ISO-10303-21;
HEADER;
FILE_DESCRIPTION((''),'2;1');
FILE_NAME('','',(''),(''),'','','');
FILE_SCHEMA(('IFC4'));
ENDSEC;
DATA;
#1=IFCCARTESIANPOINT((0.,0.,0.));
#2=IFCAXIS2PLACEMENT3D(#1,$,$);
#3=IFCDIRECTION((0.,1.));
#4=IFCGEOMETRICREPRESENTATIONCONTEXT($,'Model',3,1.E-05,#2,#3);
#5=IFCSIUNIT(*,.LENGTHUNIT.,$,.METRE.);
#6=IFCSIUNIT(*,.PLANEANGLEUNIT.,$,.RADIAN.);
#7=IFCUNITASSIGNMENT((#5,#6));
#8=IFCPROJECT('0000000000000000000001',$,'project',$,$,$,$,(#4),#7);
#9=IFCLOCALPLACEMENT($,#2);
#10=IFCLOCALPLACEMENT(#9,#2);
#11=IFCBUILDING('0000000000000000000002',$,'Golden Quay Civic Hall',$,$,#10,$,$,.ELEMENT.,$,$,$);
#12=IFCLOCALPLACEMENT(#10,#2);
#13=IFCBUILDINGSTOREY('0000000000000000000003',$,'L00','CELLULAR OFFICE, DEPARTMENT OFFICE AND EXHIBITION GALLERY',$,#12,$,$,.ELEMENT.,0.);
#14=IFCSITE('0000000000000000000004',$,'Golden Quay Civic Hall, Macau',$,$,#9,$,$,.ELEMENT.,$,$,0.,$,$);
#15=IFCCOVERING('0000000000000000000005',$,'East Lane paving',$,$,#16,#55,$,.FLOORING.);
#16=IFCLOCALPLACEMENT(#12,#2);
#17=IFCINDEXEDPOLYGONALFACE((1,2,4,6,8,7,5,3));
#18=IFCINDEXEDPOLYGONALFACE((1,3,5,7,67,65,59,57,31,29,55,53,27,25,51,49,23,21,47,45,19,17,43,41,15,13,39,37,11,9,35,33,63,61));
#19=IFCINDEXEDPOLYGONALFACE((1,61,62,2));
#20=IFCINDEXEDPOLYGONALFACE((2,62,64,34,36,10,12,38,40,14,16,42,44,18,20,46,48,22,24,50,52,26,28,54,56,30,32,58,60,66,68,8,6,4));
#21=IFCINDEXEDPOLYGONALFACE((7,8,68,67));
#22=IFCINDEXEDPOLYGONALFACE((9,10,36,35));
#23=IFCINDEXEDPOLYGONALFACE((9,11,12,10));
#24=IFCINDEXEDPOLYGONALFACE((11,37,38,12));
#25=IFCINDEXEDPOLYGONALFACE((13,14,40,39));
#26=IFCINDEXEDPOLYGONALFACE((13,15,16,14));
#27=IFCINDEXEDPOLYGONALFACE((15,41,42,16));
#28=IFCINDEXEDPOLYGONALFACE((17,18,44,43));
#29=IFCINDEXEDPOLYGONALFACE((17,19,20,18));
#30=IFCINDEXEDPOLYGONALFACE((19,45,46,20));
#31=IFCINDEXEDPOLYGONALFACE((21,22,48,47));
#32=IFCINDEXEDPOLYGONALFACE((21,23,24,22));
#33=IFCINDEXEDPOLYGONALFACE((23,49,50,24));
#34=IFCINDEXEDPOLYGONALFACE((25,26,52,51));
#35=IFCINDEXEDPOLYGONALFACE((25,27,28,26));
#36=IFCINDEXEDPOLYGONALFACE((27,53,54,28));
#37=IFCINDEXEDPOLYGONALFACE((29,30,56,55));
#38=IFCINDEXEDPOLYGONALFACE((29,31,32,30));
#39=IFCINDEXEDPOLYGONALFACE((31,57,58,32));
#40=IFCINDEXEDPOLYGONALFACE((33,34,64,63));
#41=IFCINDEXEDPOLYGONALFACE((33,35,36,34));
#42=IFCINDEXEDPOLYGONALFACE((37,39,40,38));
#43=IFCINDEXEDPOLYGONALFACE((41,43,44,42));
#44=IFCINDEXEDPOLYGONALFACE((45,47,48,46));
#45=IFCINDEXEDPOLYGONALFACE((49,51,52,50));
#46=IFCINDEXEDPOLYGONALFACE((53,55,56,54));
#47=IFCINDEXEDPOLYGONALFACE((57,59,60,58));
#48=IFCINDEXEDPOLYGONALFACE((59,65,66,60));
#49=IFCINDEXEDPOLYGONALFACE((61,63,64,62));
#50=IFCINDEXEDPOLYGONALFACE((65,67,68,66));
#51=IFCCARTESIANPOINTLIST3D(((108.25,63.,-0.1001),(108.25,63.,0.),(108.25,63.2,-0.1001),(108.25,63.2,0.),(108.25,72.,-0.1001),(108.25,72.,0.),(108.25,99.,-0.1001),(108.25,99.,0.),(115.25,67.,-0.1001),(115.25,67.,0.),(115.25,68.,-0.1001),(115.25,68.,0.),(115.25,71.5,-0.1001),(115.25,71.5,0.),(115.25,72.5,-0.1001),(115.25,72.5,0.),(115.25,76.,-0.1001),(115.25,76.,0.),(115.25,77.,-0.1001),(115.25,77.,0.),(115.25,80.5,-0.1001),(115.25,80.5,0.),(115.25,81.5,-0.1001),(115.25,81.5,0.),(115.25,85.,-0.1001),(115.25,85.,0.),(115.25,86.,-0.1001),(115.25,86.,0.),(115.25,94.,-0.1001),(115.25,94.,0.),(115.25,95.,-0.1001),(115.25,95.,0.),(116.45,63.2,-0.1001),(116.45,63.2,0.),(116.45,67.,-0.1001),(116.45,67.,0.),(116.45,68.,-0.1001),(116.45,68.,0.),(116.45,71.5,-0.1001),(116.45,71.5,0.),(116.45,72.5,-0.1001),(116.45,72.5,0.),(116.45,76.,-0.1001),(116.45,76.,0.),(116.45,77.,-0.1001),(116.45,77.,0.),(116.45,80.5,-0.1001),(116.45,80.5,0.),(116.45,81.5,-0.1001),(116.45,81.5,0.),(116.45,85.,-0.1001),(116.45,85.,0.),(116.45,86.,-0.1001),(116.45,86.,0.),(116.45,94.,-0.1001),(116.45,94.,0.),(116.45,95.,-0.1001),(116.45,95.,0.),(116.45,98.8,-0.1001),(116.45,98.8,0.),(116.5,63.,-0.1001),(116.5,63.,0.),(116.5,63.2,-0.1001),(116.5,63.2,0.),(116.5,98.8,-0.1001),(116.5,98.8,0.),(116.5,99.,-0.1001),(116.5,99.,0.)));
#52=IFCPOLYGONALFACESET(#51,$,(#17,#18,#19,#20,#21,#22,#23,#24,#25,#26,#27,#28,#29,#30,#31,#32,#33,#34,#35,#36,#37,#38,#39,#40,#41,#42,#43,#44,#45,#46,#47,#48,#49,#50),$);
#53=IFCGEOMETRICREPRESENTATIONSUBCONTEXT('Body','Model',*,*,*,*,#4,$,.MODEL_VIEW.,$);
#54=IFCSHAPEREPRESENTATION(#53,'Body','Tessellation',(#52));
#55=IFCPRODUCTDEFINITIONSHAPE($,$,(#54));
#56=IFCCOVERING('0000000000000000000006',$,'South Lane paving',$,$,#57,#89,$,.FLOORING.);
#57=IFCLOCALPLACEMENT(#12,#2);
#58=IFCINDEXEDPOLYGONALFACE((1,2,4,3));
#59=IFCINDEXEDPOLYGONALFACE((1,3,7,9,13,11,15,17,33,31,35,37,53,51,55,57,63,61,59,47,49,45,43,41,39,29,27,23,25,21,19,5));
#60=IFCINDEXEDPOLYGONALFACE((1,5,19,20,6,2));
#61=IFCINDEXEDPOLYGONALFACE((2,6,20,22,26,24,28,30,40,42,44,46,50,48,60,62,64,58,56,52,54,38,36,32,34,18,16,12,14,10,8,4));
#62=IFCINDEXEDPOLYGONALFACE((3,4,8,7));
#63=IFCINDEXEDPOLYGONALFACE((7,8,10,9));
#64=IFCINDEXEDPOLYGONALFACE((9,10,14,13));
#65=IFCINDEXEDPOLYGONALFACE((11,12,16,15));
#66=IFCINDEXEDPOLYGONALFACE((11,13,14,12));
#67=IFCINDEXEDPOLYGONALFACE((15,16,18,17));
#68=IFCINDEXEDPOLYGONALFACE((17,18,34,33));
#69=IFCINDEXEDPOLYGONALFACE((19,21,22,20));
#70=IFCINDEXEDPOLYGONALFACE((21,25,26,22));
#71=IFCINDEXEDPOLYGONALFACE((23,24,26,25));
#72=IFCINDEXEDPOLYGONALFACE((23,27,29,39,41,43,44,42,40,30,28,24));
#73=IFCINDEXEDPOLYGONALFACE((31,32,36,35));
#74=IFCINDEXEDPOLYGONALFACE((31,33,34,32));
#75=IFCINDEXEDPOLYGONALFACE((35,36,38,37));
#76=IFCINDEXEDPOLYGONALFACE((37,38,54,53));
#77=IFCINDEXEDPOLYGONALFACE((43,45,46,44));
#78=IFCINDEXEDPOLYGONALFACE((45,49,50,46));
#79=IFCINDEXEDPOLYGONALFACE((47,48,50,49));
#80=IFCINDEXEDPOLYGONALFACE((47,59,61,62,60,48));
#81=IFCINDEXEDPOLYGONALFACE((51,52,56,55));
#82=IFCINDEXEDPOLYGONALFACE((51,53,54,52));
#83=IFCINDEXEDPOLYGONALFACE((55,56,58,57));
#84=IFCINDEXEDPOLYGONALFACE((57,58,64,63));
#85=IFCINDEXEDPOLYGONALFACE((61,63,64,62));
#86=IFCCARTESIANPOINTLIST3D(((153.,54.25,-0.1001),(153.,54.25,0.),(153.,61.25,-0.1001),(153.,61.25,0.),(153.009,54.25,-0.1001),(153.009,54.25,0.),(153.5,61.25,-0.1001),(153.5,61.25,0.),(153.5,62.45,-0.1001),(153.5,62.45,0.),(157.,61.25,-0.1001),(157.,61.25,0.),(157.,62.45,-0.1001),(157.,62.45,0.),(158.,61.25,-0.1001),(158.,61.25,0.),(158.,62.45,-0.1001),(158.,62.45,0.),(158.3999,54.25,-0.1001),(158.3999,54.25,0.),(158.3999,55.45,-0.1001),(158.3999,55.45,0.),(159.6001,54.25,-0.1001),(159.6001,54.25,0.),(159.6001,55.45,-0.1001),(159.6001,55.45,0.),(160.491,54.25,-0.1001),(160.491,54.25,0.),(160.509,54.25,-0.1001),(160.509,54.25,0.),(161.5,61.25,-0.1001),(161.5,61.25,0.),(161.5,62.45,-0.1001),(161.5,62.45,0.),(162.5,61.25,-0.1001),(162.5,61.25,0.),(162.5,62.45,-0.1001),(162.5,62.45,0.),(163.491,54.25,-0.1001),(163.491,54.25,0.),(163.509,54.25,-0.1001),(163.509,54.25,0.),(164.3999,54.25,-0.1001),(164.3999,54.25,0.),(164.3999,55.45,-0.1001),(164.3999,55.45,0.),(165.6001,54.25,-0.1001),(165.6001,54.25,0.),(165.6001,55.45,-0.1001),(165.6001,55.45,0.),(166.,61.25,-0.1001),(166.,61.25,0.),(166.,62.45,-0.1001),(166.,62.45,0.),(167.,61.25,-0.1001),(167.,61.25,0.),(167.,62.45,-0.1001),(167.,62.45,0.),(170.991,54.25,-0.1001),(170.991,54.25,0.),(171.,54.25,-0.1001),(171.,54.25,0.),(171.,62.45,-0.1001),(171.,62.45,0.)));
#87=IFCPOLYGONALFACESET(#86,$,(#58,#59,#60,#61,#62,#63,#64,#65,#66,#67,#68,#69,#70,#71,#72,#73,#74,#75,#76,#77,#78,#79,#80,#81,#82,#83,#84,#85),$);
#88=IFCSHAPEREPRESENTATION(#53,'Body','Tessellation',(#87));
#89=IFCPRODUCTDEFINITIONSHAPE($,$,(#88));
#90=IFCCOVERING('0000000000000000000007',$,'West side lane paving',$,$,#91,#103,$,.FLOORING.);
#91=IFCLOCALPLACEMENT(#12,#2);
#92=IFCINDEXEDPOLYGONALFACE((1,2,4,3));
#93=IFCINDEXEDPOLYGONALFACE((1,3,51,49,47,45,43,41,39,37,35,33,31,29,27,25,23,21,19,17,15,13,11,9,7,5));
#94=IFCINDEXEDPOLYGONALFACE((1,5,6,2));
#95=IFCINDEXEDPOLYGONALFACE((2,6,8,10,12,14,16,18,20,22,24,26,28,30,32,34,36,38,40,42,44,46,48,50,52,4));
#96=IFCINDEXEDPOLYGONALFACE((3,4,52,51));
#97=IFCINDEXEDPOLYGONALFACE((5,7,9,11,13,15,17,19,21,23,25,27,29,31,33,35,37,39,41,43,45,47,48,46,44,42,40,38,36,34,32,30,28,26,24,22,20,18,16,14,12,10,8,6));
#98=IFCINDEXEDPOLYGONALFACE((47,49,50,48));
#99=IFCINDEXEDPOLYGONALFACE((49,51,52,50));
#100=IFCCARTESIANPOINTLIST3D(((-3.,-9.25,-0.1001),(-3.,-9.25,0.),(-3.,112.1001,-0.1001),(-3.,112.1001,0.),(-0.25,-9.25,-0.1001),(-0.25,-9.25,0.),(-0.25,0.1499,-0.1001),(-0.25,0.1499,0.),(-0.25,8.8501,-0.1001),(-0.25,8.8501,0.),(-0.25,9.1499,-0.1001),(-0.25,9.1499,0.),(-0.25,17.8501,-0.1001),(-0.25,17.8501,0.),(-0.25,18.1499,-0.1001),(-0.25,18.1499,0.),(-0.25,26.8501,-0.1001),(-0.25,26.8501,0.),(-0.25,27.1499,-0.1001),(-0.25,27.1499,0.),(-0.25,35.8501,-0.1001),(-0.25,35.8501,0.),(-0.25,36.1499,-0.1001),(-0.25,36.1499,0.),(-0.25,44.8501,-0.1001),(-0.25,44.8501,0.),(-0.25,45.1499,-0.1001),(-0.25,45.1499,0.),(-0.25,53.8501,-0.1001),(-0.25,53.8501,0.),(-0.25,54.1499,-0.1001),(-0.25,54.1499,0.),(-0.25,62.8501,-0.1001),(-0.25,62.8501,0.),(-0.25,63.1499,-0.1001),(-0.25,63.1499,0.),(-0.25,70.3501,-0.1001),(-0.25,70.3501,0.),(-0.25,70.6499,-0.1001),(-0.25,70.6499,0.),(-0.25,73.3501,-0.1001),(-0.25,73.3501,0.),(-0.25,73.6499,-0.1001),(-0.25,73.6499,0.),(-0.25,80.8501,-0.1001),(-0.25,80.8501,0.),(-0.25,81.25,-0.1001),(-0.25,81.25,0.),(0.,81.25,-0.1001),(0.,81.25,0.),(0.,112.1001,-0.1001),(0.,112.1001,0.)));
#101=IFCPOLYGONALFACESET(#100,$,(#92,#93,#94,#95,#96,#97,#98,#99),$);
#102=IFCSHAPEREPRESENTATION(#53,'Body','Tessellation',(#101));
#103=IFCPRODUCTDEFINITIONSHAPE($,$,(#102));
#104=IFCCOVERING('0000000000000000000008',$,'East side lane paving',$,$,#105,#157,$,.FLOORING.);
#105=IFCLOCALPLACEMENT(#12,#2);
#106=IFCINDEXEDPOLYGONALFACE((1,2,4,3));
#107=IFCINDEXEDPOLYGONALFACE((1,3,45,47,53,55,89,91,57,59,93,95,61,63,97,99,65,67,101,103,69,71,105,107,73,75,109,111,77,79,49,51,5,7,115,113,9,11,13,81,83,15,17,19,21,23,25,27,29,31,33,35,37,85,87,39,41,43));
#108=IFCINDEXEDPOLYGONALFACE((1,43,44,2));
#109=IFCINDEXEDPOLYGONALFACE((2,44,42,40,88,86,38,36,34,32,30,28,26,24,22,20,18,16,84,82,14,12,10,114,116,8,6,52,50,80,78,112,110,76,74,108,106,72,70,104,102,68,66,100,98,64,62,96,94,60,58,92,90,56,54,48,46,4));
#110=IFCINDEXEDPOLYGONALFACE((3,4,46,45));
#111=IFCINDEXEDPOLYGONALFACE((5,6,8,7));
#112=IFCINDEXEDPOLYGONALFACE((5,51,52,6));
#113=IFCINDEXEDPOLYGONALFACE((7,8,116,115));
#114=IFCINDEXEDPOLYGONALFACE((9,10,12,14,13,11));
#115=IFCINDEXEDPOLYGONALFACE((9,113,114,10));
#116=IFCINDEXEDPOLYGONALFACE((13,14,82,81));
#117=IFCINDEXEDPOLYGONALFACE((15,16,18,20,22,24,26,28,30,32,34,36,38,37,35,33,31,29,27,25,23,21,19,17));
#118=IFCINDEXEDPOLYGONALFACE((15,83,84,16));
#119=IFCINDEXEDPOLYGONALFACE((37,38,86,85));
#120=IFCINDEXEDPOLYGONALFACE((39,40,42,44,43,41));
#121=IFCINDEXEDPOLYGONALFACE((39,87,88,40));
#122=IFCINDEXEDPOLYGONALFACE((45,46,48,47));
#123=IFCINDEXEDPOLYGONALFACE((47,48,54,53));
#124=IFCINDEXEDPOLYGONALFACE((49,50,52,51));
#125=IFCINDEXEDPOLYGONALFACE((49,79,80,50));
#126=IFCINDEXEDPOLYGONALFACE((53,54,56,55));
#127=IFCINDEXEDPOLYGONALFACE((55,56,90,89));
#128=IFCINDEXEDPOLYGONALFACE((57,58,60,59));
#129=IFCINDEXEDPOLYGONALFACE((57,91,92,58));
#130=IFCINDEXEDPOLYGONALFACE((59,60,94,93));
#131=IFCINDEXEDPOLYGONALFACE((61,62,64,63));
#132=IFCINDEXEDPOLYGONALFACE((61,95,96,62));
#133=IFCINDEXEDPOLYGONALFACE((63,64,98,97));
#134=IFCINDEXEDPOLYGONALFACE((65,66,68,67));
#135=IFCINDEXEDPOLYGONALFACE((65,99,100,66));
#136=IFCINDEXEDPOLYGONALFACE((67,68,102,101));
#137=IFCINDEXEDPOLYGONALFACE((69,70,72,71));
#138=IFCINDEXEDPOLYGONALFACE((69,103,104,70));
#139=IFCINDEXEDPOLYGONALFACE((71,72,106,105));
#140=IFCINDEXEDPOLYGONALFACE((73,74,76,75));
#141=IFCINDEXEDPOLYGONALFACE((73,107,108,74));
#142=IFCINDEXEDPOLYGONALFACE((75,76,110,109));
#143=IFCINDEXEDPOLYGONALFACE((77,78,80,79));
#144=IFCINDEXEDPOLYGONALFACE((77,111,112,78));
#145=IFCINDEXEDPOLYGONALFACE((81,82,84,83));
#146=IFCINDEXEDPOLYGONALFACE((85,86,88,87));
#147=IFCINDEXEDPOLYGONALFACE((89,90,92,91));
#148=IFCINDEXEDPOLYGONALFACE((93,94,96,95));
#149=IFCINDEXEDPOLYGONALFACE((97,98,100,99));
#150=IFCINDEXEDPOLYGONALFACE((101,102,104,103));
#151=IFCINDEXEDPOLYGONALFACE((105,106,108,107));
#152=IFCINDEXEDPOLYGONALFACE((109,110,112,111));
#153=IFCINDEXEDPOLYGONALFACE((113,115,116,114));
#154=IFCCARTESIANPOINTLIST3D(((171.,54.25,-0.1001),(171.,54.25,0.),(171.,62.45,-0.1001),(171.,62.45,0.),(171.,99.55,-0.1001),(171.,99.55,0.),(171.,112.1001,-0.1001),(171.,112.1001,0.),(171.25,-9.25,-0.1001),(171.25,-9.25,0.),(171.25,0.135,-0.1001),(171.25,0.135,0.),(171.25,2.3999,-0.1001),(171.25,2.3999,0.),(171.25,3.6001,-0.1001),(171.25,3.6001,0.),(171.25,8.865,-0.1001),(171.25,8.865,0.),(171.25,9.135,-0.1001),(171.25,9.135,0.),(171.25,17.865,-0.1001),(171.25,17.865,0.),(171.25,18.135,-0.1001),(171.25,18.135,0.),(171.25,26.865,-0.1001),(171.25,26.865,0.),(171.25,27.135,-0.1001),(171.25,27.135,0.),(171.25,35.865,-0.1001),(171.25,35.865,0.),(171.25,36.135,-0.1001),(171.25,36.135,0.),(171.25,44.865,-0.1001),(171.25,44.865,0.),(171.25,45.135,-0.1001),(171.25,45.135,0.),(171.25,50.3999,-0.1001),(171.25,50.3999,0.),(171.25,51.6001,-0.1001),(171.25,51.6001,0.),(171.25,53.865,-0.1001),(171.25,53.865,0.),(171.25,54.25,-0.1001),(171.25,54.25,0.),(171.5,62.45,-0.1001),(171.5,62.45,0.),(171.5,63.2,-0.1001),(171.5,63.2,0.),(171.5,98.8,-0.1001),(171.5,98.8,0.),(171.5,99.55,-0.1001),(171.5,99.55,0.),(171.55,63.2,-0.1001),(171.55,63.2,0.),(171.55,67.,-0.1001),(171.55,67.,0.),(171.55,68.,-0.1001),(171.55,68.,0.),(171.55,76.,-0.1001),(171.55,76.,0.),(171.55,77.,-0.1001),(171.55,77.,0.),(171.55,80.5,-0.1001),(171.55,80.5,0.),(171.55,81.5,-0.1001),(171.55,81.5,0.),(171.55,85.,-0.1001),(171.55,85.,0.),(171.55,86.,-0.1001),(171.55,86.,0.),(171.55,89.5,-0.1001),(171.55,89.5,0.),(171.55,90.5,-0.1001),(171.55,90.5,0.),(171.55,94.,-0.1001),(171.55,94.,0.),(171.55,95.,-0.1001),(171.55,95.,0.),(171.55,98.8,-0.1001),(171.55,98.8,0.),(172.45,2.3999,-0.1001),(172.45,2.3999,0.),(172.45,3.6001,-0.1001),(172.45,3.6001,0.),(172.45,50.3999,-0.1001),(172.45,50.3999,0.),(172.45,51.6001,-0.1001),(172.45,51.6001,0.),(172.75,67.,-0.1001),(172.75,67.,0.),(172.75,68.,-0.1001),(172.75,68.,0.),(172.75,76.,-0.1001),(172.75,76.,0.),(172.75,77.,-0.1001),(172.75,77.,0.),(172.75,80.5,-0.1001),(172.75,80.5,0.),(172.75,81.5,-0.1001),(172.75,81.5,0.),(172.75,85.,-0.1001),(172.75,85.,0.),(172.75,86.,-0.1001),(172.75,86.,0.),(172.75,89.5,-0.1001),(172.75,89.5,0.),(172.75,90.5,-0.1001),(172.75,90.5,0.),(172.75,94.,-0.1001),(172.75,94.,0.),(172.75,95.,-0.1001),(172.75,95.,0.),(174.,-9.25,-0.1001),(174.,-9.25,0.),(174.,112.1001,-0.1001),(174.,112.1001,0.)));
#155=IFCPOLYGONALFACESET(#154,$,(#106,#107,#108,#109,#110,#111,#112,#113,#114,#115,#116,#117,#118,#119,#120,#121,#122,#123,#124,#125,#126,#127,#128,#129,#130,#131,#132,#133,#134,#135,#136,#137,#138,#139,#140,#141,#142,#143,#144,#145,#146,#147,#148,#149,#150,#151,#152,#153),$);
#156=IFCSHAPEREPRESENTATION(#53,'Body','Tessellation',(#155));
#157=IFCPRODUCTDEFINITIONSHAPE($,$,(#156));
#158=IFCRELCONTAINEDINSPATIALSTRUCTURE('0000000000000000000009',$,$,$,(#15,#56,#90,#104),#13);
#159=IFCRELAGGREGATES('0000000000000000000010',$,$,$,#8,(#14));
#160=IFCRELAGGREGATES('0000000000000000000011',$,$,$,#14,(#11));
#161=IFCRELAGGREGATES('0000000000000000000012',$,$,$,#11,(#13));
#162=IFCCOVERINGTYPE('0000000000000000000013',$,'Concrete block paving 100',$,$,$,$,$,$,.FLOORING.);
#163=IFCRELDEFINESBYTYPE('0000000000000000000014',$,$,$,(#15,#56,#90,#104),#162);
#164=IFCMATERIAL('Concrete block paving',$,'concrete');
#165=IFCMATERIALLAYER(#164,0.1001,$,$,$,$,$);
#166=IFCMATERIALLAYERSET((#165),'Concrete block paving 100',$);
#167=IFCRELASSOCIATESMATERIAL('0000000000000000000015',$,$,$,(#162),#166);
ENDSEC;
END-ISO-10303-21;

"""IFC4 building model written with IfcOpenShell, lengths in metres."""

from ifc_helpers import new_model, si_unit, direction, frame, origin, place, context, subcontext, project, spatial, polyline, outline, extrude, material, layer, layer_set, type_object, element, save


model = new_model("IFC4")

# Units and contexts
model_context = context("Model", 3, precision=1e-05, world=origin(), true_north=direction((0.0, 1.0)))
body_context = subcontext(model_context, "Body", "Model", "MODEL_VIEW")
ifc_project = project(units=[si_unit("LENGTHUNIT", "METRE"), si_unit("PLANEANGLEUNIT", "RADIAN")], contexts=[model_context])

# Site, building, storey
site_placement = place(None, origin())
site = spatial("IfcSite", under=ifc_project, at=site_placement, Name="Golden Quay Civic Hall, Macau", CompositionType="ELEMENT", RefElevation=0.0)
building_placement = place(site_placement, origin())
building = spatial("IfcBuilding", under=site, at=building_placement, Name="Golden Quay Civic Hall", CompositionType="ELEMENT")
storey_placement = place(building_placement, origin())
storey = spatial("IfcBuildingStorey", under=building, at=storey_placement, Name="L00", Description="CELLULAR OFFICE, DEPARTMENT OFFICE AND EXHIBITION GALLERY", CompositionType="ELEMENT", Elevation=0.0)

# Coverings
ifc_material_1 = material(Name="Concrete block paving", Category="concrete")
ifc_layer_1 = layer(ifc_material_1, 0.1001)
ifc_layer_set_1 = layer_set([ifc_layer_1], Name="Concrete block paving 100")
covering_type_1 = type_object("IfcCoveringType", Name="Concrete block paving 100", PredefinedType="FLOORING", material=ifc_layer_set_1)
covering_1_placement = place(storey_placement, frame((0.0, 0.0, -0.1001)))
element("IfcCovering", 1, at=covering_1_placement, inside=storey, type_object=covering_type_1, Name="East Lane paving", PredefinedType="FLOORING", context=body_context, shape_type="SweptSolid", body=[
    extrude(outline(polyline([(116.5, 99.0), (116.5, 98.8), (116.45, 98.8), (116.45, 95.0), (115.25, 95.0), (115.25, 94.0), (116.45, 94.0), (116.45, 86.0), (115.25, 86.0), (115.25, 85.0), (116.45, 85.0), (116.45, 81.5), (115.25, 81.5), (115.25, 80.5), (116.45, 80.5), (116.45, 77.0), (115.25, 77.0), (115.25, 76.0), (116.45, 76.0), (116.45, 72.5), (115.25, 72.5), (115.25, 71.5), (116.45, 71.5), (116.45, 68.0), (115.25, 68.0), (115.25, 67.0), (116.45, 67.0), (116.45, 63.2), (116.5, 63.2), (116.5, 63.0), (108.25, 63.0), (108.25, 63.2), (108.25, 72.0), (108.25, 99.0), (116.5, 99.0)])), origin(), (0.0, 0.0, 1.0), 0.1001),
])
covering_2_placement = place(storey_placement, frame((0.0, 0.0, -0.1001)))
element("IfcCovering", 2, at=covering_2_placement, inside=storey, type_object=covering_type_1, Name="South Lane paving", PredefinedType="FLOORING", context=body_context, shape_type="SweptSolid", body=[
    extrude(outline(polyline([(171.0, 54.25), (170.991, 54.25), (165.6001, 54.25), (165.6001, 55.45), (164.3999, 55.45), (164.3999, 54.25), (163.509, 54.25), (163.491, 54.25), (160.509, 54.25), (160.491, 54.25), (159.6001, 54.25), (159.6001, 55.45), (158.3999, 55.45), (158.3999, 54.25), (153.009, 54.25), (153.0, 54.25), (153.0, 61.25), (153.5, 61.25), (153.5, 62.45), (157.0, 62.45), (157.0, 61.25), (158.0, 61.25), (158.0, 62.45), (161.5, 62.45), (161.5, 61.25), (162.5, 61.25), (162.5, 62.45), (166.0, 62.45), (166.0, 61.25), (167.0, 61.25), (167.0, 62.45), (171.0, 62.45), (171.0, 54.25)])), origin(), (0.0, 0.0, 1.0), 0.1001),
])
covering_3_placement = place(storey_placement, frame((0.0, 0.0, -0.1001)))
element("IfcCovering", 3, at=covering_3_placement, inside=storey, type_object=covering_type_1, Name="West side lane paving", PredefinedType="FLOORING", context=body_context, shape_type="SweptSolid", body=[
    extrude(outline(polyline([(-0.25, 81.25), (-0.25, 80.8501), (-0.25, 73.6499), (-0.25, 73.3501), (-0.25, 70.6499), (-0.25, 70.3501), (-0.25, 63.1499), (-0.25, 62.8501), (-0.25, 54.1499), (-0.25, 53.8501), (-0.25, 45.1499), (-0.25, 44.8501), (-0.25, 36.1499), (-0.25, 35.8501), (-0.25, 27.1499), (-0.25, 26.8501), (-0.25, 18.1499), (-0.25, 17.8501), (-0.25, 9.1499), (-0.25, 8.8501), (-0.25, 0.1499), (-0.25, -9.25), (-3.0, -9.25), (-3.0, 112.1001), (0.0, 112.1001), (0.0, 81.25), (-0.25, 81.25)])), origin(), (0.0, 0.0, 1.0), 0.1001),
])
covering_4_placement = place(storey_placement, frame((0.0, 0.0, -0.1001)))
element("IfcCovering", 4, at=covering_4_placement, inside=storey, type_object=covering_type_1, Name="East side lane paving", PredefinedType="FLOORING", context=body_context, shape_type="SweptSolid", body=[
    extrude(outline(polyline([(174.0, 112.1001), (174.0, -9.25), (171.25, -9.25), (171.25, 0.135), (171.25, 2.3999), (172.45, 2.3999), (172.45, 3.6001), (171.25, 3.6001), (171.25, 8.865), (171.25, 9.135), (171.25, 17.865), (171.25, 18.135), (171.25, 26.865), (171.25, 27.135), (171.25, 35.865), (171.25, 36.135), (171.25, 44.865), (171.25, 45.135), (171.25, 50.3999), (172.45, 50.3999), (172.45, 51.6001), (171.25, 51.6001), (171.25, 53.865), (171.25, 54.25), (171.0, 54.25), (171.0, 62.45), (171.5, 62.45), (171.5, 63.2), (171.55, 63.2), (171.55, 67.0), (172.75, 67.0), (172.75, 68.0), (171.55, 68.0), (171.55, 76.0), (172.75, 76.0), (172.75, 77.0), (171.55, 77.0), (171.55, 80.5), (172.75, 80.5), (172.75, 81.5), (171.55, 81.5), (171.55, 85.0), (172.75, 85.0), (172.75, 86.0), (171.55, 86.0), (171.55, 89.5), (172.75, 89.5), (172.75, 90.5), (171.55, 90.5), (171.55, 94.0), (172.75, 94.0), (172.75, 95.0), (171.55, 95.0), (171.55, 98.8), (171.5, 98.8), (171.5, 99.55), (171.0, 99.55), (171.0, 112.1001), (174.0, 112.1001)])), origin(), (0.0, 0.0, 1.0), 0.1001),
])

save(model, "model.ifc")
